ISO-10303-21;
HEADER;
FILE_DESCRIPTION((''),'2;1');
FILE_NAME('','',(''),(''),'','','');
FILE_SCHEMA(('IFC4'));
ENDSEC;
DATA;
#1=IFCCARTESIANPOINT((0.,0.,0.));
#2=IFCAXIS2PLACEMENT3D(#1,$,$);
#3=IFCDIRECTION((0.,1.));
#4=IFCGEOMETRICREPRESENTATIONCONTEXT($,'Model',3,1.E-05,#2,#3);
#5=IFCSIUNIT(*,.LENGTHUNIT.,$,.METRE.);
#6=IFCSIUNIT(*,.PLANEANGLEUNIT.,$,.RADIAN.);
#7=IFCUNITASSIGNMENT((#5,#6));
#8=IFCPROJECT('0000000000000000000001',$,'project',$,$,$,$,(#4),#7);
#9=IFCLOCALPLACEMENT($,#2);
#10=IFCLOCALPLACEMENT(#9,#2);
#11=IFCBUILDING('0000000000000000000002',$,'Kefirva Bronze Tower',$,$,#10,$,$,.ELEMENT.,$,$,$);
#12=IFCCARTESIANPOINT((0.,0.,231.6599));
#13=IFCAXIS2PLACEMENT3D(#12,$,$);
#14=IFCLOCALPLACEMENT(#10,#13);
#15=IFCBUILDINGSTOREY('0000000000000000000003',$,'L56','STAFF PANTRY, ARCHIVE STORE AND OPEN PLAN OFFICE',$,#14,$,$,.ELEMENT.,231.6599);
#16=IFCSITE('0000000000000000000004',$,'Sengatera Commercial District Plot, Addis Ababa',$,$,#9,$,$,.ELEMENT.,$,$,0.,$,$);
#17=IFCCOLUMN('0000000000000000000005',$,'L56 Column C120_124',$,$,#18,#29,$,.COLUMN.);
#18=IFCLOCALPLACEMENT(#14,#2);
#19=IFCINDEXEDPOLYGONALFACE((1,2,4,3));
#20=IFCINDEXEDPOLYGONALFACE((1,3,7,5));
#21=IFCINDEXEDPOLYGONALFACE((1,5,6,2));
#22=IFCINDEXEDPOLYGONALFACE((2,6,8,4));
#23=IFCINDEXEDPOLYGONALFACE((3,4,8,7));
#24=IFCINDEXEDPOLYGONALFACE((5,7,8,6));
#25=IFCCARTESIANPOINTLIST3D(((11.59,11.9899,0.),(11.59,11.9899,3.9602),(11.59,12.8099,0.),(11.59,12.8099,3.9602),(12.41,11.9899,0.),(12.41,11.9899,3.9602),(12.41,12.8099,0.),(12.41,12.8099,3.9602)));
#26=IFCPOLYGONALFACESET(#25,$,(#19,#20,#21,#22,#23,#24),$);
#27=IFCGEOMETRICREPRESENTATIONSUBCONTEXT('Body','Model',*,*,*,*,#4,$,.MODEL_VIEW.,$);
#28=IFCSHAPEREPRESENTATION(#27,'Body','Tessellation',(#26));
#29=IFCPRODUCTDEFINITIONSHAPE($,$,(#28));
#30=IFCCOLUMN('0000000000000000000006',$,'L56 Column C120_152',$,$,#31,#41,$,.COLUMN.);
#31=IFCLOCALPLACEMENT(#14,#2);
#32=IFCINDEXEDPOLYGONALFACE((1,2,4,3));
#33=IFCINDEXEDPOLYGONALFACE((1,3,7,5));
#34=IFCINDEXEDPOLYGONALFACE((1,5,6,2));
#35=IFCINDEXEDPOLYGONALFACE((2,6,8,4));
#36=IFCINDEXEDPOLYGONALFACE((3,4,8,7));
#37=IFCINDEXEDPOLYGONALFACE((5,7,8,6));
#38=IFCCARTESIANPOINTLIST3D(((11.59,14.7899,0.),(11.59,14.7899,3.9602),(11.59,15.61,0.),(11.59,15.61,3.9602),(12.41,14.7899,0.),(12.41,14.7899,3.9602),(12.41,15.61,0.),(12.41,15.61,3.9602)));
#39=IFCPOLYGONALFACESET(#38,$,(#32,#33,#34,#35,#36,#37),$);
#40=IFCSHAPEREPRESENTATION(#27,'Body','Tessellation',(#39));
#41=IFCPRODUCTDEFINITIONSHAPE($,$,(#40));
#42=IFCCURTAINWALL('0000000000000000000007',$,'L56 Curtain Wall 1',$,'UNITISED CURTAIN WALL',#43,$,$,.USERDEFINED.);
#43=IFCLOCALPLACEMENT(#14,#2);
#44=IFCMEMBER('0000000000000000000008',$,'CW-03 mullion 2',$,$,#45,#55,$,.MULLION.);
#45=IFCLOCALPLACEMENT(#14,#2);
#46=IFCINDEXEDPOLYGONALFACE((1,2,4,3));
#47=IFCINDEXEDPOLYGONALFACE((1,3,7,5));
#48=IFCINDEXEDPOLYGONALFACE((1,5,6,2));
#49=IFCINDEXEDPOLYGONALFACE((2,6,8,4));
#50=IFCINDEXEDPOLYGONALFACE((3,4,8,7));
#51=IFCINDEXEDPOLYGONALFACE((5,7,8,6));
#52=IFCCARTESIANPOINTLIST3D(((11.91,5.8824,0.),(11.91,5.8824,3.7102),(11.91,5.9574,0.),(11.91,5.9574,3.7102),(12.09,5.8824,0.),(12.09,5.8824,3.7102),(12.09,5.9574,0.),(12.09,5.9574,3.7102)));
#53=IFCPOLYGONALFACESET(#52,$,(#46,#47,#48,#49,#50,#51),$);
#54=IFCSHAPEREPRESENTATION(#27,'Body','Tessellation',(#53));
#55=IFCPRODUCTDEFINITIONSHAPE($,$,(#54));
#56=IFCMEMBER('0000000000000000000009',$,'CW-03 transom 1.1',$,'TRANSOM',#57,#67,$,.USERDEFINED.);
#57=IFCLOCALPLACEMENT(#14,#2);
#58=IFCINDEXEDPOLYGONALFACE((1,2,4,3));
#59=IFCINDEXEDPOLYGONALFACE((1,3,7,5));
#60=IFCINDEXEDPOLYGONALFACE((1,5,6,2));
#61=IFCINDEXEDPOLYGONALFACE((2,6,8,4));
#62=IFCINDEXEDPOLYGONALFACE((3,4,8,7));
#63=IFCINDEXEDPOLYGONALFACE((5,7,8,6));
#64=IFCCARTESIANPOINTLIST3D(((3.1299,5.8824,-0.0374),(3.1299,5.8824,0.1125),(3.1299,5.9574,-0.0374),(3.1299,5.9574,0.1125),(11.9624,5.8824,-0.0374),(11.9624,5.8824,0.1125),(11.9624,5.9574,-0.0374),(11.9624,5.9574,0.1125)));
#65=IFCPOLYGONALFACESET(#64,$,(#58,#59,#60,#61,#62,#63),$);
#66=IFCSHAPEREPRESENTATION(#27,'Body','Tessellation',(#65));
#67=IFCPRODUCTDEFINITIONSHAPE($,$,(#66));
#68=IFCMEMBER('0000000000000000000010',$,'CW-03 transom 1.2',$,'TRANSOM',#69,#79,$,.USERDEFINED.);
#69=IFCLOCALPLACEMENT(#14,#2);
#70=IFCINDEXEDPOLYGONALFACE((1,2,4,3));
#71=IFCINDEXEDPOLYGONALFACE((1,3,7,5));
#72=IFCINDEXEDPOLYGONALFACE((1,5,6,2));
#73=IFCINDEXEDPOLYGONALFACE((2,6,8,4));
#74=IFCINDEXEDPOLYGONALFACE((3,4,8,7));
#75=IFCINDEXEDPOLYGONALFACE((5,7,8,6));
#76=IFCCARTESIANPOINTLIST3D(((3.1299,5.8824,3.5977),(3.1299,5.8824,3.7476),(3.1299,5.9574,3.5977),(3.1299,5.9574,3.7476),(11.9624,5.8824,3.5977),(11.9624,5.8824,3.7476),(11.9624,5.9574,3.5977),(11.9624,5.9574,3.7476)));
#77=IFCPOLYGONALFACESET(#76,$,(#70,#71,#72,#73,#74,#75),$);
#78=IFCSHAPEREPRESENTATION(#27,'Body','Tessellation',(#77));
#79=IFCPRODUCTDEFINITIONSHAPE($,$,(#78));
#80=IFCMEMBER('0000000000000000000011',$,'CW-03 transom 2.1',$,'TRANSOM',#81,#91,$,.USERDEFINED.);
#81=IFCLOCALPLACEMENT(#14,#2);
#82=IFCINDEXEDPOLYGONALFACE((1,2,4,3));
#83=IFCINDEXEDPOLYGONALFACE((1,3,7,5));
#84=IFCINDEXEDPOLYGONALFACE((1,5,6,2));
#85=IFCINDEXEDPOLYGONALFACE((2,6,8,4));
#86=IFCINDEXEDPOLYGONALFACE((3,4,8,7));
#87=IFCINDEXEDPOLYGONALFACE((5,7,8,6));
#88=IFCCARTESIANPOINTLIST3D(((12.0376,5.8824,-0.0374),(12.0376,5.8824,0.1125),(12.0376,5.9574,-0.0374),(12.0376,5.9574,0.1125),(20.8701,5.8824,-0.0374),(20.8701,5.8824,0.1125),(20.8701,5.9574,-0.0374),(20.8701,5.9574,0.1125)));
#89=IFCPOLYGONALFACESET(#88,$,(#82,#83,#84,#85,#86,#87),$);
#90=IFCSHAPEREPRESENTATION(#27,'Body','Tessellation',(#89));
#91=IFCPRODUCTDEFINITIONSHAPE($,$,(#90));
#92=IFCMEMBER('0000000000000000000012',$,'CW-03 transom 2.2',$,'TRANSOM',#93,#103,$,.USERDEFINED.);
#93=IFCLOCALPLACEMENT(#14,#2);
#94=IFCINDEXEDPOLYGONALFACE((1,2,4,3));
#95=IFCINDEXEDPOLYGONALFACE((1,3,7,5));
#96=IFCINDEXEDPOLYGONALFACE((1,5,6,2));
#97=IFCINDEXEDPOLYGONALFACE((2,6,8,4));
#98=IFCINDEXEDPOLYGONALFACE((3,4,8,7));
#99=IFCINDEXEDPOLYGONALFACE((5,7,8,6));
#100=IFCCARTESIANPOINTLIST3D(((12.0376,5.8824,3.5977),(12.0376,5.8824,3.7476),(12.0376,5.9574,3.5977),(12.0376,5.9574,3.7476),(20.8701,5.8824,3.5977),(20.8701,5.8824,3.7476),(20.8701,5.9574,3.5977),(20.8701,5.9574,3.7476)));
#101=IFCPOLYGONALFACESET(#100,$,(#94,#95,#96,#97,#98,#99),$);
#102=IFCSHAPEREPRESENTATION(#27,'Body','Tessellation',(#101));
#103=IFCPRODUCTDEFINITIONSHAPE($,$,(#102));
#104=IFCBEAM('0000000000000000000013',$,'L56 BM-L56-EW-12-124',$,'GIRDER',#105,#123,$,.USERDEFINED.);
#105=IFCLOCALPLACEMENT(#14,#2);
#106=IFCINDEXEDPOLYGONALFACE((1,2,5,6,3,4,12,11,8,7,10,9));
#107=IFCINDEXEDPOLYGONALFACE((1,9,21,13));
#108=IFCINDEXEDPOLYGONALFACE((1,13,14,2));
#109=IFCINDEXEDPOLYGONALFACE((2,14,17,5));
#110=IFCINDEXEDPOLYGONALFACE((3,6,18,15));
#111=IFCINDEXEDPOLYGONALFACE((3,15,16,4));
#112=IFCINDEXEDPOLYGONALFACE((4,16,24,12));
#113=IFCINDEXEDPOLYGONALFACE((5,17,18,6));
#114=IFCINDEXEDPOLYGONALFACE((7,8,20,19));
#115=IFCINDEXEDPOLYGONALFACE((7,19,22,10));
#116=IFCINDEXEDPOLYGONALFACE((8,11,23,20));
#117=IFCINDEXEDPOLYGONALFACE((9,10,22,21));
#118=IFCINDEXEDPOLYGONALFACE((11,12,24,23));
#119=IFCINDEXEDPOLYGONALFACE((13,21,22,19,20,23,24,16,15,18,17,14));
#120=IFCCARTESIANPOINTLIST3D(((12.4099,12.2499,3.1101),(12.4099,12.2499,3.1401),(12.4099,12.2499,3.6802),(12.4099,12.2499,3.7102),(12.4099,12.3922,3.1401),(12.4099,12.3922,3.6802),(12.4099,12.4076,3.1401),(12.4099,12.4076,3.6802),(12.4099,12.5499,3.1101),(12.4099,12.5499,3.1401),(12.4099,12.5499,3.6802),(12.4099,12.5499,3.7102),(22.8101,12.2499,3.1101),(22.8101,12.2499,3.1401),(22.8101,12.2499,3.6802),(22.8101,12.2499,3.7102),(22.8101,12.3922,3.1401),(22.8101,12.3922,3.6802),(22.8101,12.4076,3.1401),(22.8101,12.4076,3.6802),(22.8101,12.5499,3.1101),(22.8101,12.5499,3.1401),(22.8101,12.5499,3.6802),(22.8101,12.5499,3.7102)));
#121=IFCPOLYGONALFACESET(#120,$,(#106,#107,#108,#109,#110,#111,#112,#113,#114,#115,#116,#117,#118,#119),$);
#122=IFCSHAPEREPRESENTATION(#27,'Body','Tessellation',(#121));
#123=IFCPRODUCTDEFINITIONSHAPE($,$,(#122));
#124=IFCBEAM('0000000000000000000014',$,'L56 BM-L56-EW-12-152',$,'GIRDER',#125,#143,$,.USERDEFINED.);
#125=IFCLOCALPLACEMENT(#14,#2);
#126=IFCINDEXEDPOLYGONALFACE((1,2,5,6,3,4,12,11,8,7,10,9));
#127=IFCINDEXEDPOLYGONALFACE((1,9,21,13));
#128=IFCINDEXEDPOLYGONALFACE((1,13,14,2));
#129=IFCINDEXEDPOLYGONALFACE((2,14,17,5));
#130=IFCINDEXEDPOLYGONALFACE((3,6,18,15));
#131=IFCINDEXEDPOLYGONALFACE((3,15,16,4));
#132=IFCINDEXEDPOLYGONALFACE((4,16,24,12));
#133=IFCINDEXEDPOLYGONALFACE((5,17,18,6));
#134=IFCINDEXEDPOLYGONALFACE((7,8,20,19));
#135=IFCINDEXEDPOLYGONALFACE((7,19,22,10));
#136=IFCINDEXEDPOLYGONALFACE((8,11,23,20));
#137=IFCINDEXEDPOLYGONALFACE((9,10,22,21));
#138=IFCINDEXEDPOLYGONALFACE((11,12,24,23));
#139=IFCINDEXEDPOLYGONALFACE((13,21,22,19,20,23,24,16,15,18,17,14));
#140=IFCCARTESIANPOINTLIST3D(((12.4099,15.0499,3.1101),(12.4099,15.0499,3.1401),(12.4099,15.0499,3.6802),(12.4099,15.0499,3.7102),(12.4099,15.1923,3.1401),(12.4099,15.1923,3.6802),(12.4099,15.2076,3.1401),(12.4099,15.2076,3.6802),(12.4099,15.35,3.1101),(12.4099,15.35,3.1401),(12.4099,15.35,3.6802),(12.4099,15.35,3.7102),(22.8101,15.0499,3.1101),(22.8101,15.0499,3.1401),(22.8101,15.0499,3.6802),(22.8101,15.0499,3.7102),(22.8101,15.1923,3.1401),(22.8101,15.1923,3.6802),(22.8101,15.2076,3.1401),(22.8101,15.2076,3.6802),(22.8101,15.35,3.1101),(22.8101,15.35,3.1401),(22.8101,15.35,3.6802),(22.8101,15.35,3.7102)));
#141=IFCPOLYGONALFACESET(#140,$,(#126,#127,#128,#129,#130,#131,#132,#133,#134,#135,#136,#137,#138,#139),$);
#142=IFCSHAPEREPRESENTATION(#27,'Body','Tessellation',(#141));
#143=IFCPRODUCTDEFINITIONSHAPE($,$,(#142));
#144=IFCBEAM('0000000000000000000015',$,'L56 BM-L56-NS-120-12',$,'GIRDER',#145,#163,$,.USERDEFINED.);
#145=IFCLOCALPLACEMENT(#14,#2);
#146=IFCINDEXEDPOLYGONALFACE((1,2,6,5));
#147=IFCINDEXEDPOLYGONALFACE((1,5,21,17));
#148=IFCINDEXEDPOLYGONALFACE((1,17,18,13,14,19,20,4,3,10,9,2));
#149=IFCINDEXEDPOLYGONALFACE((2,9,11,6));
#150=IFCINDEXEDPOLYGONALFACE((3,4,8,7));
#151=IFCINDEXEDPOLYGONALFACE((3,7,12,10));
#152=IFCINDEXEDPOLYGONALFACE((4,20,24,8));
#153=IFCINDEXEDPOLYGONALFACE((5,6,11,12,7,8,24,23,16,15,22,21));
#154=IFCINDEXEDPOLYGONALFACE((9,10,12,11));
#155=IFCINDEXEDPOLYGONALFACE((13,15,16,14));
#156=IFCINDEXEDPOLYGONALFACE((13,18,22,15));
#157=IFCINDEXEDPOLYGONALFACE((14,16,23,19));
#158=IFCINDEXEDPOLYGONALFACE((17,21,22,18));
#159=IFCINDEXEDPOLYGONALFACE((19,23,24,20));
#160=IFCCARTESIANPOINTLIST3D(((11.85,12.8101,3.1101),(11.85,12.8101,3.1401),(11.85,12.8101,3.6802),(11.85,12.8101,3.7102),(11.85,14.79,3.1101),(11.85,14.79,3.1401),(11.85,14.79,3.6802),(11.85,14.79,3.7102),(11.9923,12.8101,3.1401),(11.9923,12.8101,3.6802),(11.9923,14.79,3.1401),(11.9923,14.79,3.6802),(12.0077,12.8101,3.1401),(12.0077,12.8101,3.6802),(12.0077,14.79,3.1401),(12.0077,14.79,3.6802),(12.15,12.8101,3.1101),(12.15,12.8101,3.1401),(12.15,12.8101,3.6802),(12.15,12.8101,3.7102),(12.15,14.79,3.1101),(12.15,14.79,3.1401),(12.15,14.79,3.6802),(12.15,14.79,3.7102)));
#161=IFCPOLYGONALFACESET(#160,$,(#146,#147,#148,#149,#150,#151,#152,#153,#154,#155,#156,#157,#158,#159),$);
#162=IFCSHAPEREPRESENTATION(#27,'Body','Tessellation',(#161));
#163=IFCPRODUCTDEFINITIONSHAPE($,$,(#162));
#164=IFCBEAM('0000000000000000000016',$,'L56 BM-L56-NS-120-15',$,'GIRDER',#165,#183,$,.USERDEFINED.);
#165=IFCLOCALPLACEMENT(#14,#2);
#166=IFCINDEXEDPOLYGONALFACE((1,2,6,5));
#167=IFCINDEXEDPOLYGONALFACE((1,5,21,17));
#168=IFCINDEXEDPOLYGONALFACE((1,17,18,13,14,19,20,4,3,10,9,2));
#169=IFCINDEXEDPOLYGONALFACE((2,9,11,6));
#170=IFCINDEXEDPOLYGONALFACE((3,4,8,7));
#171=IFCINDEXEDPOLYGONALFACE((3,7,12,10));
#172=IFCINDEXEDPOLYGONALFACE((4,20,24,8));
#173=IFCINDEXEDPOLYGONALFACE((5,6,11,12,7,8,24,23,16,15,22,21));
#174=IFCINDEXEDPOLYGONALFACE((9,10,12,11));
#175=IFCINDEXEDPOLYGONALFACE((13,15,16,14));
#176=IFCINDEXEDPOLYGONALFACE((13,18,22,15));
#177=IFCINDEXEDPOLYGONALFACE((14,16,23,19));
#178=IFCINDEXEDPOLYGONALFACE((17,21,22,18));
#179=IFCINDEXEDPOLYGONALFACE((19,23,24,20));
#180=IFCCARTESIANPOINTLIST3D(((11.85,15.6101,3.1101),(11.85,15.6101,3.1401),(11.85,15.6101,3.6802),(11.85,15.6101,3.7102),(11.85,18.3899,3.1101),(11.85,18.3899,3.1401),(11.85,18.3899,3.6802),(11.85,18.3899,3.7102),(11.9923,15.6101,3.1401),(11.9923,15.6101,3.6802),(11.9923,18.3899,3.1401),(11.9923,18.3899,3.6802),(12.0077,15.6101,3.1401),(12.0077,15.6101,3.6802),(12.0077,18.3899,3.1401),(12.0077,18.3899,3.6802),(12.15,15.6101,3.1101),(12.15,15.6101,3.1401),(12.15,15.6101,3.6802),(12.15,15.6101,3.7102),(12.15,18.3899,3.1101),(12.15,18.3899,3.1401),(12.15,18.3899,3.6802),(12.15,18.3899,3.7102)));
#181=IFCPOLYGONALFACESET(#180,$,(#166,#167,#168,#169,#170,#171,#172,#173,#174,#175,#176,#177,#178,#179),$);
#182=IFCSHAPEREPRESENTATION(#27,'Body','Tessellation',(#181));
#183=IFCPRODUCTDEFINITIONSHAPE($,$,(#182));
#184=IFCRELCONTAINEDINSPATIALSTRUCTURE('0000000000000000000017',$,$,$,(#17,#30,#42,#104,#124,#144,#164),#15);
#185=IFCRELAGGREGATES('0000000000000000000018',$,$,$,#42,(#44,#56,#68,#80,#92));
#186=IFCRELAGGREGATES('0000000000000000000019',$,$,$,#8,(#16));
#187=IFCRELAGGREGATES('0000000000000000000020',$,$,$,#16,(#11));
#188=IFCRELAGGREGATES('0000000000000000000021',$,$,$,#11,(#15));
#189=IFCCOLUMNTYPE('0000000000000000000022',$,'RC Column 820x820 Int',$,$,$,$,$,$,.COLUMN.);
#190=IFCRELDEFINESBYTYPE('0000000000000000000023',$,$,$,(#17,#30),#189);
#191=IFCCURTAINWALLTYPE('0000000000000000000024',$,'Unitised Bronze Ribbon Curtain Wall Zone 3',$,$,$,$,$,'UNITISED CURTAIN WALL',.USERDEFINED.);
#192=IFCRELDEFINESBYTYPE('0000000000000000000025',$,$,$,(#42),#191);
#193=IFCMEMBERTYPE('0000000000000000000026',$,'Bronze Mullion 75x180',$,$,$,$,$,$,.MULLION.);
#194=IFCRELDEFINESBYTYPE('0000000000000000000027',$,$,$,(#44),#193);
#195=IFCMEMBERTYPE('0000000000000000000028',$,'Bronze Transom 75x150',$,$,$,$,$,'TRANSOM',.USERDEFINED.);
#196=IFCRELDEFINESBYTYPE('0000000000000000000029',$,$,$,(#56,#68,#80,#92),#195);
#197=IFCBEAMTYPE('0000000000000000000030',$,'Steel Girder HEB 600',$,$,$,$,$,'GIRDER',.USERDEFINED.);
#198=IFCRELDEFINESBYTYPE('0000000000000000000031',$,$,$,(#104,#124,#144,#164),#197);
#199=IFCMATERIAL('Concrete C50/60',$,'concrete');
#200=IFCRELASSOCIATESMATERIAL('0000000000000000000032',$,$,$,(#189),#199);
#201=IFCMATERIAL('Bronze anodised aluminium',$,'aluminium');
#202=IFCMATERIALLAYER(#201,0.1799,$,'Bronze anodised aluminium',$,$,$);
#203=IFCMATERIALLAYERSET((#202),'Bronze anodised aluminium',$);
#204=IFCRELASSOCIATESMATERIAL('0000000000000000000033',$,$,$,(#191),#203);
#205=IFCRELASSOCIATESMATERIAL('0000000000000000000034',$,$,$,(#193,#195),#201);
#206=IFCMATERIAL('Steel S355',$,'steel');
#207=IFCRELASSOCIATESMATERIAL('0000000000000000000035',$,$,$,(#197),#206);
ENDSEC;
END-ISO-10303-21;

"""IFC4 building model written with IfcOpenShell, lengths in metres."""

from ifc_helpers import new_model, si_unit, direction, frame, origin, origin_2d, place, context, subcontext, project, spatial, rectangle, i_section, extrude, material, layer, layer_set, material_profile, profile_set, type_object, element, aggregate, save


model = new_model("IFC4")

# Units and contexts
model_context = context("Model", 3, precision=1e-05, world=origin(), true_north=direction((0.0, 1.0)))
body_context = subcontext(model_context, "Body", "Model", "MODEL_VIEW")
ifc_project = project(units=[si_unit("LENGTHUNIT", "METRE"), si_unit("PLANEANGLEUNIT", "RADIAN")], contexts=[model_context])

# Site, building, storey
site_placement = place(None, origin())
site = spatial("IfcSite", under=ifc_project, at=site_placement, Name="Sengatera Commercial District Plot, Addis Ababa", CompositionType="ELEMENT", RefElevation=0.0)
building_placement = place(site_placement, origin())
building = spatial("IfcBuilding", under=site, at=building_placement, Name="Kefirva Bronze Tower", CompositionType="ELEMENT")
storey_placement = place(building_placement, frame((0.0, 0.0, 231.6599)))
storey = spatial("IfcBuildingStorey", under=building, at=storey_placement, Name="L56", Description="STAFF PANTRY, ARCHIVE STORE AND OPEN PLAN OFFICE", CompositionType="ELEMENT", Elevation=231.6599)

# Columns
ifc_material_1 = material(Name="Concrete C50/60", Category="concrete")
ifc_material_profile_1 = material_profile(ifc_material_1, rectangle(XDim=0.8201, YDim=0.8201, at=origin_2d()), Name="RC 820x820")
ifc_profile_set_1 = profile_set([ifc_material_profile_1], Name="Concrete C50/60")
column_type = type_object("IfcColumnType", Name="RC Column 820x820 Int", PredefinedType="COLUMN", material=ifc_profile_set_1)
for number, where, z_axis, x_axis, name in (
    (1, (12.0, 12.3999, 0.0), (0.0, 0.0, 1.0), (1.0, 0.0, 0.0), "L56 Column C120_124"),
    (2, (12.0, 15.2, 0.0), (0.0, 0.0, 1.0), (1.0, 0.0, 0.0), "L56 Column C120_152"),
):
    element("IfcColumn", number, at=place(storey_placement, frame(where, z_axis=z_axis, x_axis=x_axis)), inside=storey, type_object=column_type, Name=name, PredefinedType="COLUMN", context=body_context, shape_type="SweptSolid", body=[
        extrude(rectangle(XDim=0.8201, YDim=0.8201, at=origin_2d()), origin(), (0.0, 0.0, 1.0), 3.9602),
    ])

# Curtain wall, members
ifc_material_2 = material(Name="Bronze anodised aluminium", Category="aluminium")
ifc_layer_1 = layer(ifc_material_2, 0.1799, Name="Bronze anodised aluminium")
ifc_layer_set_1 = layer_set([ifc_layer_1], Name="Bronze anodised aluminium")
curtain_wall_type = type_object("IfcCurtainWallType", Name="Unitised Bronze Ribbon Curtain Wall Zone 3", ElementType="UNITISED CURTAIN WALL", PredefinedType="USERDEFINED", material=ifc_layer_set_1)
curtain_wall_placement = place(storey_placement, origin())
curtain_wall = element("IfcCurtainWall", 3, at=curtain_wall_placement, inside=storey, type_object=curtain_wall_type, Name="L56 Curtain Wall 1", ObjectType="UNITISED CURTAIN WALL", PredefinedType="USERDEFINED")
ifc_material_profile_2 = material_profile(ifc_material_2, rectangle(XDim=0.075, YDim=0.1799, at=origin_2d()), Name="ALU 75x180")
ifc_profile_set_2 = profile_set([ifc_material_profile_2], Name="Bronze anodised aluminium")
member_type_1 = type_object("IfcMemberType", Name="Bronze Mullion 75x180", PredefinedType="MULLION", material=ifc_profile_set_2)
member_1_placement = place(storey_placement, frame((12.0, 5.9199, 0.0), z_axis=(0.0, 0.0, 1.0), x_axis=(0.0, 1.0, 0.0)))
member_1 = element("IfcMember", 4, at=member_1_placement, type_object=member_type_1, Name="CW-03 mullion 2", PredefinedType="MULLION", context=body_context, shape_type="SweptSolid", body=[
    extrude(rectangle(XDim=0.075, YDim=0.1799, at=origin_2d()), origin(), (0.0, 0.0, 1.0), 3.7102),
])
ifc_material_profile_3 = material_profile(ifc_material_2, rectangle(XDim=0.075, YDim=0.1499, at=origin_2d()), Name="ALU 75x150")
ifc_profile_set_3 = profile_set([ifc_material_profile_3], Name="Bronze anodised aluminium")
member_type_2 = type_object("IfcMemberType", Name="Bronze Transom 75x150", ElementType="TRANSOM", PredefinedType="USERDEFINED", material=ifc_profile_set_3)
member_2_placement = place(storey_placement, frame((3.1299, 5.9199, 0.0376), z_axis=(1.0, 0.0, 0.0), x_axis=(0.0, 1.0, 0.0)))
member_2 = element("IfcMember", 5, at=member_2_placement, type_object=member_type_2, Name="CW-03 transom 1.1", ObjectType="TRANSOM", PredefinedType="USERDEFINED", context=body_context, shape_type="SweptSolid", body=[
    extrude(rectangle(XDim=0.075, YDim=0.1499, at=origin_2d()), origin(), (0.0, 0.0, 1.0), 8.8325),
])
member_3_placement = place(storey_placement, frame((3.1299, 5.9199, 3.6726), z_axis=(1.0, 0.0, 0.0), x_axis=(0.0, 1.0, 0.0)))
member_3 = element("IfcMember", 6, at=member_3_placement, type_object=member_type_2, Name="CW-03 transom 1.2", ObjectType="TRANSOM", PredefinedType="USERDEFINED", context=body_context, shape_type="SweptSolid", body=[
    extrude(rectangle(XDim=0.075, YDim=0.1499, at=origin_2d()), origin(), (0.0, 0.0, 1.0), 8.8325),
])
member_4_placement = place(storey_placement, frame((12.0376, 5.9199, 0.0376), z_axis=(1.0, 0.0, 0.0), x_axis=(0.0, 1.0, 0.0)))
member_4 = element("IfcMember", 7, at=member_4_placement, type_object=member_type_2, Name="CW-03 transom 2.1", ObjectType="TRANSOM", PredefinedType="USERDEFINED", context=body_context, shape_type="SweptSolid", body=[
    extrude(rectangle(XDim=0.075, YDim=0.1499, at=origin_2d()), origin(), (0.0, 0.0, 1.0), 8.8325),
])
member_5_placement = place(storey_placement, frame((12.0376, 5.9199, 3.6726), z_axis=(1.0, 0.0, 0.0), x_axis=(0.0, 1.0, 0.0)))
member_5 = element("IfcMember", 8, at=member_5_placement, type_object=member_type_2, Name="CW-03 transom 2.2", ObjectType="TRANSOM", PredefinedType="USERDEFINED", context=body_context, shape_type="SweptSolid", body=[
    extrude(rectangle(XDim=0.075, YDim=0.1499, at=origin_2d()), origin(), (0.0, 0.0, 1.0), 8.8325),
])

# Beams
ifc_material_3 = material(Name="Steel S355", Category="steel")
ifc_material_profile_4 = material_profile(ifc_material_3, i_section(OverallWidth=0.3, OverallDepth=0.6001, WebThickness=0.0154, FlangeThickness=0.03, at=origin_2d()), Name="HEB 600")
ifc_profile_set_4 = profile_set([ifc_material_profile_4], Name="Steel S355")
beam_type = type_object("IfcBeamType", Name="Steel Girder HEB 600", ElementType="GIRDER", PredefinedType="USERDEFINED", material=ifc_profile_set_4)
for number, where, z_axis, x_axis, name in (
    (9, (12.4099, 12.3999, 3.4102), (1.0, 0.0, 0.0), (0.0, 1.0, 0.0), "L56 BM-L56-EW-12-124"),
    (10, (12.4099, 15.2, 3.4102), (1.0, 0.0, 0.0), (0.0, 1.0, 0.0), "L56 BM-L56-EW-12-152"),
):
    element("IfcBeam", number, at=place(storey_placement, frame(where, z_axis=z_axis, x_axis=x_axis)), inside=storey, type_object=beam_type, Name=name, ObjectType="GIRDER", PredefinedType="USERDEFINED", context=body_context, shape_type="SweptSolid", body=[
        extrude(i_section(OverallWidth=0.3, OverallDepth=0.6001, WebThickness=0.0154, FlangeThickness=0.03, at=origin_2d()), origin(), (0.0, 0.0, 1.0), 10.4001),
    ])
beam_1_placement = place(storey_placement, frame((12.0, 12.8101, 3.4102), z_axis=(0.0, 1.0, 0.0), x_axis=(-1.0, 0.0, 0.0)))
element("IfcBeam", 11, at=beam_1_placement, inside=storey, type_object=beam_type, Name="L56 BM-L56-NS-120-12", ObjectType="GIRDER", PredefinedType="USERDEFINED", context=body_context, shape_type="SweptSolid", body=[
    extrude(i_section(OverallWidth=0.3, OverallDepth=0.6001, WebThickness=0.0154, FlangeThickness=0.03, at=origin_2d()), origin(), (0.0, 0.0, 1.0), 1.98),
])
beam_2_placement = place(storey_placement, frame((12.0, 15.6101, 3.4102), z_axis=(0.0, 1.0, 0.0), x_axis=(-1.0, 0.0, 0.0)))
element("IfcBeam", 12, at=beam_2_placement, inside=storey, type_object=beam_type, Name="L56 BM-L56-NS-120-15", ObjectType="GIRDER", PredefinedType="USERDEFINED", context=body_context, shape_type="SweptSolid", body=[
    extrude(i_section(OverallWidth=0.3, OverallDepth=0.6001, WebThickness=0.0154, FlangeThickness=0.03, at=origin_2d()), origin(), (0.0, 0.0, 1.0), 2.7798),
])

aggregate(curtain_wall, [member_1, member_2, member_3, member_4, member_5])

save(model, "model.ifc")
